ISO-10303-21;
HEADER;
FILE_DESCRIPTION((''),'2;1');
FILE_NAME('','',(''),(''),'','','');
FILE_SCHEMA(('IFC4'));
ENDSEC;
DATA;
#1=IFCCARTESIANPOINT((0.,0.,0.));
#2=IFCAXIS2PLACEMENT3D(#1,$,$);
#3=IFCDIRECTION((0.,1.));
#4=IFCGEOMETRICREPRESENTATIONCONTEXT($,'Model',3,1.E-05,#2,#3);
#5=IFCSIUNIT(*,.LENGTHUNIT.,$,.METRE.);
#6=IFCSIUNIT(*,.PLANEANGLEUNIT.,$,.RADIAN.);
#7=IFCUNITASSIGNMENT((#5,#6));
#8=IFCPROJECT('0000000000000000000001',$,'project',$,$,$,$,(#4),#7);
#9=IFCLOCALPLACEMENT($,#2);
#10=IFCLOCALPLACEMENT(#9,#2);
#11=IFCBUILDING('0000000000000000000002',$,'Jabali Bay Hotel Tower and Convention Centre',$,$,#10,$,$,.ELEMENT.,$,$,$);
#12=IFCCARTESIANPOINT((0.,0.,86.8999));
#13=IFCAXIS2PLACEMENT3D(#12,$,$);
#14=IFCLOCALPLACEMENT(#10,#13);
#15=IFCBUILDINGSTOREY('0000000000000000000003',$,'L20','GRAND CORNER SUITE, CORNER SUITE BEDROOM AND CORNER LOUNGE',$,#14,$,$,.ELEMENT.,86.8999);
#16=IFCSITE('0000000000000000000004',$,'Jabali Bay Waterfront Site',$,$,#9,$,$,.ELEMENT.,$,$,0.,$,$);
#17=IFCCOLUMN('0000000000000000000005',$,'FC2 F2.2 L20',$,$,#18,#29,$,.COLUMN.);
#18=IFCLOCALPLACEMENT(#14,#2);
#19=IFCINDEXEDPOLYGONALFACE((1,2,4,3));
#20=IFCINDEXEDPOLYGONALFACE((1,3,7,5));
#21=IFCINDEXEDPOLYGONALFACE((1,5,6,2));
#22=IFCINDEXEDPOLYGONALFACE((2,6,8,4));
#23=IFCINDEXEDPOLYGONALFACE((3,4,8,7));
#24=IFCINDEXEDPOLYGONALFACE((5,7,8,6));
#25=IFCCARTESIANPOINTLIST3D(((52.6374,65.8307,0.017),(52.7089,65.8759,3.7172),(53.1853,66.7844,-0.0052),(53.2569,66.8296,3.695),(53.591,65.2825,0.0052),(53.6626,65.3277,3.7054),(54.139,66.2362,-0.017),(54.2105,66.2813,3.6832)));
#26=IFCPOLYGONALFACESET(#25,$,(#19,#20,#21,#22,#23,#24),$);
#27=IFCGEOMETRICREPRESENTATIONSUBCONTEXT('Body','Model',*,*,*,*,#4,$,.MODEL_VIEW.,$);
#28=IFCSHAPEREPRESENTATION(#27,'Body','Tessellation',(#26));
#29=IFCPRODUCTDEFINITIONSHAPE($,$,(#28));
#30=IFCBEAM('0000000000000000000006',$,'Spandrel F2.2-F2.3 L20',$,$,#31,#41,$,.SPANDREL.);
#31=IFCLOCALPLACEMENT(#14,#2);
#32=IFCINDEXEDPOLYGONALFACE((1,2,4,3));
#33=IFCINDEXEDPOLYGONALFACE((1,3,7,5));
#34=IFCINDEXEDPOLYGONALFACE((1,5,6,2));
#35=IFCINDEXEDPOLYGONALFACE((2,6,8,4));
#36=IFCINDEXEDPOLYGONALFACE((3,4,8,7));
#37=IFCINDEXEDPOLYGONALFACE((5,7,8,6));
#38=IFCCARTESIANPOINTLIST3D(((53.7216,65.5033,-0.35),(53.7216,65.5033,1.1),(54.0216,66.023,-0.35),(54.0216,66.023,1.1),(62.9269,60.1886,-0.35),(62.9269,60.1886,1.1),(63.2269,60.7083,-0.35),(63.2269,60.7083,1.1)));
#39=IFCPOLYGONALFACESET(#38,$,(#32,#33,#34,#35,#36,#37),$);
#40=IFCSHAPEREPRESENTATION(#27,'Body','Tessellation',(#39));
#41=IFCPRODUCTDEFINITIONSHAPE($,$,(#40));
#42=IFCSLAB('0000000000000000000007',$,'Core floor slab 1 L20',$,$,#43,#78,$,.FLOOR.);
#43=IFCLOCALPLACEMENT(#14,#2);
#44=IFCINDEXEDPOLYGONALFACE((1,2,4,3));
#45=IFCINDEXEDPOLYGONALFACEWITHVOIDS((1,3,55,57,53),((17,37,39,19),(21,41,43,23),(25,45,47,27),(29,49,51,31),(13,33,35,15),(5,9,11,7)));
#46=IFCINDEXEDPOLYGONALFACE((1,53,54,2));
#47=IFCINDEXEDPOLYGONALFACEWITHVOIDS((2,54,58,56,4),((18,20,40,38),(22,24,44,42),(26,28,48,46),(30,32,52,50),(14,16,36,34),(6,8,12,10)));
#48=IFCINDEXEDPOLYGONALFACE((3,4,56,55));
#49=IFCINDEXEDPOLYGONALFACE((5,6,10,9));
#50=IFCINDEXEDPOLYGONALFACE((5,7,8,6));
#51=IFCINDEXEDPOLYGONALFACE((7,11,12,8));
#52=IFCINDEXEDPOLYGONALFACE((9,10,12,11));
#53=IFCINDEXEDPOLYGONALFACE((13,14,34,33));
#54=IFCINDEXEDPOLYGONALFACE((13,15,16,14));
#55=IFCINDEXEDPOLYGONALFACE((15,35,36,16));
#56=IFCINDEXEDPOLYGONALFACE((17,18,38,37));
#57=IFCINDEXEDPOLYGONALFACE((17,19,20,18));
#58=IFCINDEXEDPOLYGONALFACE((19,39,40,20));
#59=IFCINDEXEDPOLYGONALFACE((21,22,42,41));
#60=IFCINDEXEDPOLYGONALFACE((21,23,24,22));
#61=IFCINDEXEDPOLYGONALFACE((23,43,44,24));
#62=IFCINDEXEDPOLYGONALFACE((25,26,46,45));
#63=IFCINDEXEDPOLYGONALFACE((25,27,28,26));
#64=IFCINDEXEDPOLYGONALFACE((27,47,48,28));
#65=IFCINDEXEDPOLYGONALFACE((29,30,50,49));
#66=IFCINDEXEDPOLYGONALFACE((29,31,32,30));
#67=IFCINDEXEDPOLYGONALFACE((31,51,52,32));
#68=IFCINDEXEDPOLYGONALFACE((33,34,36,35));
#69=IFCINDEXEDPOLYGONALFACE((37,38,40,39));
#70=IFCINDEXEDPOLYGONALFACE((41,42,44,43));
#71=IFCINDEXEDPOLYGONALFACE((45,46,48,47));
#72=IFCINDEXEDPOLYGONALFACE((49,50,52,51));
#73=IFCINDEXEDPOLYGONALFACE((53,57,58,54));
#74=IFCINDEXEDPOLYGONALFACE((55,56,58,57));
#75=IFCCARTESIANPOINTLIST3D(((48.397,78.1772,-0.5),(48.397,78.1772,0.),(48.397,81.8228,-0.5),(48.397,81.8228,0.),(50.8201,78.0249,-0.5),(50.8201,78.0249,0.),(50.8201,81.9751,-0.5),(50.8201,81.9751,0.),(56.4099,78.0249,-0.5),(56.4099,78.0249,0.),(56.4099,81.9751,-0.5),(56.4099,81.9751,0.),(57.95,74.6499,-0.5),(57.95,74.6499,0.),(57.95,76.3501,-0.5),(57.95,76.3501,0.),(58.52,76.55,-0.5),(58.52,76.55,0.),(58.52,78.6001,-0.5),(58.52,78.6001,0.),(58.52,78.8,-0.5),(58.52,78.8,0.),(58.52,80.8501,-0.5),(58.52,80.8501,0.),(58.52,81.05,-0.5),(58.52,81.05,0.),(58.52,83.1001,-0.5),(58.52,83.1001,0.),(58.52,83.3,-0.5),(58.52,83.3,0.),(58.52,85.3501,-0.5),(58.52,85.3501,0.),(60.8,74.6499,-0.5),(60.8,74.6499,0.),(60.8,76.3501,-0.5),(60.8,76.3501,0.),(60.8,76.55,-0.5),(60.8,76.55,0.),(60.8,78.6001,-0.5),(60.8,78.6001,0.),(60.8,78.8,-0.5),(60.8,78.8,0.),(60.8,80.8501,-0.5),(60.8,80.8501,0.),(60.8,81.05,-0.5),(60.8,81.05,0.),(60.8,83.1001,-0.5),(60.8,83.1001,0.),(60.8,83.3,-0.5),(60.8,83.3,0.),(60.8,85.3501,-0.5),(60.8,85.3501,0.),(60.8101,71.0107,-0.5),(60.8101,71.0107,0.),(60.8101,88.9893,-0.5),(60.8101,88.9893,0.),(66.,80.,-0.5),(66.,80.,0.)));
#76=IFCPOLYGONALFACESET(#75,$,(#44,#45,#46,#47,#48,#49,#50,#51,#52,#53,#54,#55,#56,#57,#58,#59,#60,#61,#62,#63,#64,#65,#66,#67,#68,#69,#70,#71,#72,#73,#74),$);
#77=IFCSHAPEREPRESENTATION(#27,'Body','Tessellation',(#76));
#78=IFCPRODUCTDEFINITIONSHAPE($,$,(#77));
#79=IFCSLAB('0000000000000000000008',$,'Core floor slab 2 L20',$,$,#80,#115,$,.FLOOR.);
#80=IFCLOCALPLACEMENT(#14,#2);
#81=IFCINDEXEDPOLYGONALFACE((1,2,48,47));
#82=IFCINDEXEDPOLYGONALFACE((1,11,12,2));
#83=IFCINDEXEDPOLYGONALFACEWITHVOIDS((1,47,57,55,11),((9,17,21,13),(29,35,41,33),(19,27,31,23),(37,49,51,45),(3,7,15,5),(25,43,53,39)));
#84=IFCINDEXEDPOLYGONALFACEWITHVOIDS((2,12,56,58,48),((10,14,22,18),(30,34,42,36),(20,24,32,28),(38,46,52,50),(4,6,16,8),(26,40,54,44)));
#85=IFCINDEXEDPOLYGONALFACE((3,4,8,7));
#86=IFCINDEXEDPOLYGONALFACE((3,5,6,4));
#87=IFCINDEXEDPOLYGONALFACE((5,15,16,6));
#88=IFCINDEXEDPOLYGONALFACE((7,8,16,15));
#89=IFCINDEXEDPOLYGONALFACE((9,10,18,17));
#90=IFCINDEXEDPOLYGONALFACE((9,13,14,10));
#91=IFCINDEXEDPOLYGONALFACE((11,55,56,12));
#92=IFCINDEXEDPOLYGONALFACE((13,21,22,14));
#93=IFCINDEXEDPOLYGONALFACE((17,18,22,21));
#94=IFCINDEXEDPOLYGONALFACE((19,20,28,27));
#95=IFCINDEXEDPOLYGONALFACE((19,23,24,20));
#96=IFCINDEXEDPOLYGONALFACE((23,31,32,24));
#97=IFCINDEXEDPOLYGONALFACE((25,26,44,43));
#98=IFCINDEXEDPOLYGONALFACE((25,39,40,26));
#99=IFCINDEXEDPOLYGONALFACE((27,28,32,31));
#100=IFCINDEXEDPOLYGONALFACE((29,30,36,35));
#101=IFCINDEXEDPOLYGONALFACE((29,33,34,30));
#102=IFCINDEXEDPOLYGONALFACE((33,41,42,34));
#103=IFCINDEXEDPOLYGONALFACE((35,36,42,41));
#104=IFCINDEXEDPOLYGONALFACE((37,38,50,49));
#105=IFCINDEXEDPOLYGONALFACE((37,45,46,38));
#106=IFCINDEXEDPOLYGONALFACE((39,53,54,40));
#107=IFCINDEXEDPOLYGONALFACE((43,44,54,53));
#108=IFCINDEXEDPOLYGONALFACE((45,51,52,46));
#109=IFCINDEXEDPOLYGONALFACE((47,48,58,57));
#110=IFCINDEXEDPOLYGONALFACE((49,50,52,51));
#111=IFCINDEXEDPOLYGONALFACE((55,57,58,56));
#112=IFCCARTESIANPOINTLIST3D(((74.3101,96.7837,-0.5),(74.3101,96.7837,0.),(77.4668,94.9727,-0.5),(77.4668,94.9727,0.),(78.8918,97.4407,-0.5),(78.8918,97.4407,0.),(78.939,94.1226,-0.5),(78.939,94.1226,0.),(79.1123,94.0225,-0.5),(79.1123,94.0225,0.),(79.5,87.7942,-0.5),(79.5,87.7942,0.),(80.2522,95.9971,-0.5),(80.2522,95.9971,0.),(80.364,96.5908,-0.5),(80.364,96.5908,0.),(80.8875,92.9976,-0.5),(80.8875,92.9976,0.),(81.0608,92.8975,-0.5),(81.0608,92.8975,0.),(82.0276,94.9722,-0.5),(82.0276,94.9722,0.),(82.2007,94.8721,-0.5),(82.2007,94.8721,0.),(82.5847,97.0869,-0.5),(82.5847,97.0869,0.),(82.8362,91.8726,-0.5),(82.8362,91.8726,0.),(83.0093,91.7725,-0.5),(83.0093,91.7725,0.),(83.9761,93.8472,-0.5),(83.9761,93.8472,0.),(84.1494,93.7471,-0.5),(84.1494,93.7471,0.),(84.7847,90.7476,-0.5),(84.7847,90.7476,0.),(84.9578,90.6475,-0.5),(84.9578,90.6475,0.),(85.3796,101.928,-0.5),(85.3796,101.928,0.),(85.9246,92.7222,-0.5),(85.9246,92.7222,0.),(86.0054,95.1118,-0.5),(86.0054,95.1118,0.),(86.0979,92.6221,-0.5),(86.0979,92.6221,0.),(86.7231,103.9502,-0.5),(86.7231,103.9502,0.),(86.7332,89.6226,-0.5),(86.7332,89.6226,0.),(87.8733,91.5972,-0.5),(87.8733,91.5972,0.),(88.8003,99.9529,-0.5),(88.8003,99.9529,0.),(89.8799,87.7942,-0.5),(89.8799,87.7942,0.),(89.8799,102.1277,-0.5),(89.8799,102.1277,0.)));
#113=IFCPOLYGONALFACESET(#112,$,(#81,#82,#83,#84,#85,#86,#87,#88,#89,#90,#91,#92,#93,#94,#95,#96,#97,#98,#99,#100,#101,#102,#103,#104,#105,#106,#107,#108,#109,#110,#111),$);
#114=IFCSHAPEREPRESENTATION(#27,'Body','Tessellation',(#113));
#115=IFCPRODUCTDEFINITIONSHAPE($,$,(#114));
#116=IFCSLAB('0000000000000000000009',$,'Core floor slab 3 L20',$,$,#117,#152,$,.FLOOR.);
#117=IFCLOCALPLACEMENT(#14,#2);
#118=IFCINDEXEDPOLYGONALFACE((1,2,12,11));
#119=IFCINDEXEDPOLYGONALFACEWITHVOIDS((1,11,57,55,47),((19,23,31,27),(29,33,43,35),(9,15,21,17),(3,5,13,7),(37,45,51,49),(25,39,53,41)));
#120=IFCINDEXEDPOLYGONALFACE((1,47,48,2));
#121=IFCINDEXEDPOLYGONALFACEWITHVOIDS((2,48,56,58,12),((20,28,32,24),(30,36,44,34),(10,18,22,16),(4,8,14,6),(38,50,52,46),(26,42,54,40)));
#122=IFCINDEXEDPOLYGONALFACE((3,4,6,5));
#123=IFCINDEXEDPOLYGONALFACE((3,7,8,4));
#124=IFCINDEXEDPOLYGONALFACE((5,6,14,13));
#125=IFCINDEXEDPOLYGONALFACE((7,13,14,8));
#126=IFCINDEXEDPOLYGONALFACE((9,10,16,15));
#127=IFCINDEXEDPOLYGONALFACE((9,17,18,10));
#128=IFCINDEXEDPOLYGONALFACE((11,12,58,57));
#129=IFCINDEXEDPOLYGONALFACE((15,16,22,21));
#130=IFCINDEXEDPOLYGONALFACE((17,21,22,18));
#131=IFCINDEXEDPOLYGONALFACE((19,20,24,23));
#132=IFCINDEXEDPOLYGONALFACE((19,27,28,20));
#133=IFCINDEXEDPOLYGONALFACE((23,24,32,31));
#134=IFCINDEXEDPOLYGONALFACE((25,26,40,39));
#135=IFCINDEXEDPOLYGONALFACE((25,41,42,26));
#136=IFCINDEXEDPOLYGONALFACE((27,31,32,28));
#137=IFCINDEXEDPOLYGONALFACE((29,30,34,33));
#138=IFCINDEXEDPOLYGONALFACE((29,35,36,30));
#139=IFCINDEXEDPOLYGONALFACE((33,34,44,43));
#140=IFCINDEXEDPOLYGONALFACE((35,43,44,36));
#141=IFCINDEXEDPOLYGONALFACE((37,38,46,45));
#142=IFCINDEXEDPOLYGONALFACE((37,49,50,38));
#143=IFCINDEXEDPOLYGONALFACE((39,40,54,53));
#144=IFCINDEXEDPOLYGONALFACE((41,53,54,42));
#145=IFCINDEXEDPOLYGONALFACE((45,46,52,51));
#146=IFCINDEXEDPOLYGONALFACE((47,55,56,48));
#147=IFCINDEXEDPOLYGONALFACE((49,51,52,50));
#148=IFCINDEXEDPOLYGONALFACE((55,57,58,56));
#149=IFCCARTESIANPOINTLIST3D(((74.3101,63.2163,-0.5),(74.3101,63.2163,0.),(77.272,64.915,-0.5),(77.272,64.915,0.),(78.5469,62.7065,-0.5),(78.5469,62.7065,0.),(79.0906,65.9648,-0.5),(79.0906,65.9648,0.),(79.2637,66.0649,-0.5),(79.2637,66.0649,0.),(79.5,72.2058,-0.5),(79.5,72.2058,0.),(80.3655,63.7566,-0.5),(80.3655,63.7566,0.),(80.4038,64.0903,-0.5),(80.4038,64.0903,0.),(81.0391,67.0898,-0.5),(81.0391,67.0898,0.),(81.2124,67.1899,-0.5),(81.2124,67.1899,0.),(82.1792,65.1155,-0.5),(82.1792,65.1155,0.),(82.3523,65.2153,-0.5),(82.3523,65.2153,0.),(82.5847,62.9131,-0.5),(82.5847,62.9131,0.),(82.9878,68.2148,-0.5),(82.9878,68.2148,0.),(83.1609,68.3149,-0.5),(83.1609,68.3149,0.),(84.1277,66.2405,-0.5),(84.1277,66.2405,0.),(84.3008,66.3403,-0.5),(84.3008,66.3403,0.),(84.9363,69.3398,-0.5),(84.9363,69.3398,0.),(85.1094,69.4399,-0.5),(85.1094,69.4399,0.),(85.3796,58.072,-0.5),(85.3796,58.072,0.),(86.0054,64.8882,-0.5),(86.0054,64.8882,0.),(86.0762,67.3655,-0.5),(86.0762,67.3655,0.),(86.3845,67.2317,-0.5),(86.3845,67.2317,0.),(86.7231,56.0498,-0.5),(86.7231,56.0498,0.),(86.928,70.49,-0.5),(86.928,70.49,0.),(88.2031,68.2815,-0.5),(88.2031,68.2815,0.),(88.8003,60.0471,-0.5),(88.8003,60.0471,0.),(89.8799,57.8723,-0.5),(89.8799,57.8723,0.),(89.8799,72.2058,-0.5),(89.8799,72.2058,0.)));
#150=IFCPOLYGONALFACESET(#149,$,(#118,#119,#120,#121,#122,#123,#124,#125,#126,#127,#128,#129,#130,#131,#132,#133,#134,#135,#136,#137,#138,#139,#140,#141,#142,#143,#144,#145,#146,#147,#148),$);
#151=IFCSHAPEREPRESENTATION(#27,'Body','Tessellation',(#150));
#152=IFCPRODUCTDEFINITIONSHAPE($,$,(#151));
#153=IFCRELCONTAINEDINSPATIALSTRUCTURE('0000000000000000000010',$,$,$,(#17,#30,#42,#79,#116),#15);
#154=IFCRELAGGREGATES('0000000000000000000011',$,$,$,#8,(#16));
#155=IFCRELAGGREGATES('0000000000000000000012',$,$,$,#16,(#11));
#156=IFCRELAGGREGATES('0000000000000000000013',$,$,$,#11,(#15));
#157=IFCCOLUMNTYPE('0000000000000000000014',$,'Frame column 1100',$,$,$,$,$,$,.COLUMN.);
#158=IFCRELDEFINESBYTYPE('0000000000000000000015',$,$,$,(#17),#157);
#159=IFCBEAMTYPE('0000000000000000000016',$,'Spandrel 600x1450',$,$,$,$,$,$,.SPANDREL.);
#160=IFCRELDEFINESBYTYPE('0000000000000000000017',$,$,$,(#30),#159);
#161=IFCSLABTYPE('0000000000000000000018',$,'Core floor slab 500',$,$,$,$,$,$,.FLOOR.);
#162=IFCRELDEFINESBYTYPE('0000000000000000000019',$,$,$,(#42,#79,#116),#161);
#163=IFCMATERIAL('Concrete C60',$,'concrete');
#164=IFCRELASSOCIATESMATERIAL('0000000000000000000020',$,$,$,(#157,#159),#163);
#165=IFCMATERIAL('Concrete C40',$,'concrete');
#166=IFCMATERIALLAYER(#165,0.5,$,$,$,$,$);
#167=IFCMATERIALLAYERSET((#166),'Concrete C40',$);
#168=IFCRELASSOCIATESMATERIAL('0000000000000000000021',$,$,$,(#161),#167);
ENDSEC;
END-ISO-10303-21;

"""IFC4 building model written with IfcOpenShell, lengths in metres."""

from ifc_helpers import new_model, si_unit, direction, frame, origin, origin_2d, place, context, subcontext, project, spatial, polyline, rectangle, outline, extrude, material, layer, layer_set, material_profile, profile_set, type_object, element, save


model = new_model("IFC4")

# Units and contexts
model_context = context("Model", 3, precision=1e-05, world=origin(), true_north=direction((0.0, 1.0)))
body_context = subcontext(model_context, "Body", "Model", "MODEL_VIEW")
ifc_project = project(units=[si_unit("LENGTHUNIT", "METRE"), si_unit("PLANEANGLEUNIT", "RADIAN")], contexts=[model_context])

# Site, building, storey
site_placement = place(None, origin())
site = spatial("IfcSite", under=ifc_project, at=site_placement, Name="Jabali Bay Waterfront Site", CompositionType="ELEMENT", RefElevation=0.0)
building_placement = place(site_placement, origin())
building = spatial("IfcBuilding", under=site, at=building_placement, Name="Jabali Bay Hotel Tower and Convention Centre", CompositionType="ELEMENT")
storey_placement = place(building_placement, frame((0.0, 0.0, 86.8999)))
storey = spatial("IfcBuildingStorey", under=building, at=storey_placement, Name="L20", Description="GRAND CORNER SUITE, CORNER SUITE BEDROOM AND CORNER LOUNGE", CompositionType="ELEMENT", Elevation=86.8999)

# Column
ifc_material_1 = material(Name="Concrete C60", Category="concrete")
ifc_material_profile_1 = material_profile(ifc_material_1, rectangle(XDim=1.1001, YDim=1.1001, at=origin_2d()), Name="Frame column 1100")
ifc_profile_set_1 = profile_set([ifc_material_profile_1], Name="Concrete C60")
column_type = type_object("IfcColumnType", Name="Frame column 1100", PredefinedType="COLUMN", material=ifc_profile_set_1)
column_placement = place(storey_placement, frame((53.3882, 66.0334, 0.0), z_axis=(0.019327, 0.012203, 0.999739), x_axis=(-0.866906, 0.498357, 0.010676)))
element("IfcColumn", 1, at=column_placement, inside=storey, type_object=column_type, Name="FC2 F2.2 L20", PredefinedType="COLUMN", context=body_context, shape_type="SweptSolid", body=[
    extrude(rectangle(XDim=1.1001, YDim=1.1001, at=origin_2d()), origin(), (0.0, 0.0, 1.0), 3.7012),
])

# Beam
ifc_material_profile_2 = material_profile(ifc_material_1, rectangle(XDim=0.6001, YDim=1.45, at=origin_2d()), Name="Spandrel 600x1450")
ifc_profile_set_2 = profile_set([ifc_material_profile_2], Name="Concrete C60")
beam_type = type_object("IfcBeamType", Name="Spandrel 600x1450", PredefinedType="SPANDREL", material=ifc_profile_set_2)
beam_placement = place(storey_placement, frame((53.8716, 65.7632, 0.375), z_axis=(0.866025, -0.5, 0.0), x_axis=(0.5, 0.866025, 0.0)))
element("IfcBeam", 2, at=beam_placement, inside=storey, type_object=beam_type, Name="Spandrel F2.2-F2.3 L20", PredefinedType="SPANDREL", context=body_context, shape_type="SweptSolid", body=[
    extrude(rectangle(XDim=0.6001, YDim=1.45, at=origin_2d()), origin(), (0.0, 0.0, 1.0), 10.6294),
])

# Slabs
ifc_material_2 = material(Name="Concrete C40", Category="concrete")
ifc_layer_1 = layer(ifc_material_2, 0.5)
ifc_layer_set_1 = layer_set([ifc_layer_1], Name="Concrete C40")
slab_type_1 = type_object("IfcSlabType", Name="Core floor slab 500", PredefinedType="FLOOR", material=ifc_layer_set_1)
slab_1_placement = place(storey_placement, frame((0.0, 0.0, -0.5)))
element("IfcSlab", 3, at=slab_1_placement, inside=storey, type_object=slab_type_1, Name="Core floor slab 1 L20", PredefinedType="FLOOR", context=body_context, shape_type="SweptSolid", body=[
    extrude(outline(polyline([(66.0, 80.0), (60.8101, 88.9893), (48.397, 81.8228), (48.397, 78.1772), (60.8101, 71.0107), (66.0, 80.0)]), holes=[polyline([(60.8, 74.6499), (60.8, 76.3501), (57.95, 76.3501), (57.95, 74.6499), (60.8, 74.6499)]), polyline([(58.52, 76.55), (60.8, 76.55), (60.8, 78.6001), (58.52, 78.6001), (58.52, 76.55)]), polyline([(58.52, 78.8), (60.8, 78.8), (60.8, 80.8501), (58.52, 80.8501), (58.52, 78.8)]), polyline([(56.4099, 81.9751), (50.8201, 81.9751), (50.8201, 78.0249), (56.4099, 78.0249), (56.4099, 81.9751)]), polyline([(58.52, 81.05), (60.8, 81.05), (60.8, 83.1001), (58.52, 83.1001), (58.52, 81.05)]), polyline([(58.52, 83.3), (60.8, 83.3), (60.8, 85.3501), (58.52, 85.3501), (58.52, 83.3)])]), origin(), (0.0, 0.0, 1.0), 0.5),
])
slab_2_placement = place(storey_placement, frame((0.0, 0.0, -0.5)))
element("IfcSlab", 4, at=slab_2_placement, inside=storey, type_object=slab_type_1, Name="Core floor slab 2 L20", PredefinedType="FLOOR", context=body_context, shape_type="SweptSolid", body=[
    extrude(outline(polyline([(79.5, 87.7942), (89.8799, 87.7942), (89.8799, 102.1277), (86.7231, 103.9502), (74.3101, 96.7837), (79.5, 87.7942)]), holes=[polyline([(84.9578, 90.6475), (86.7332, 89.6226), (87.8733, 91.5972), (86.0979, 92.6221), (84.9578, 90.6475)]), polyline([(84.1494, 93.7471), (83.0093, 91.7725), (84.7847, 90.7476), (85.9246, 92.7222), (84.1494, 93.7471)]), polyline([(82.2007, 94.8721), (81.0608, 92.8975), (82.8362, 91.8726), (83.9761, 93.8472), (82.2007, 94.8721)]), polyline([(79.1123, 94.0225), (80.8875, 92.9976), (82.0276, 94.9722), (80.2522, 95.9971), (79.1123, 94.0225)]), polyline([(78.8918, 97.4407), (77.4668, 94.9727), (78.939, 94.1226), (80.364, 96.5908), (78.8918, 97.4407)]), polyline([(82.5847, 97.0869), (86.0054, 95.1118), (88.8003, 99.9529), (85.3796, 101.928), (82.5847, 97.0869)])]), origin(), (0.0, 0.0, 1.0), 0.5),
])
slab_3_placement = place(storey_placement, frame((0.0, 0.0, -0.5)))
element("IfcSlab", 5, at=slab_3_placement, inside=storey, type_object=slab_type_1, Name="Core floor slab 3 L20", PredefinedType="FLOOR", context=body_context, shape_type="SweptSolid", body=[
    extrude(outline(polyline([(79.5, 72.2058), (74.3101, 63.2163), (86.7231, 56.0498), (89.8799, 57.8723), (89.8799, 72.2058), (79.5, 72.2058)]), holes=[polyline([(82.5847, 62.9131), (85.3796, 58.072), (88.8003, 60.0471), (86.0054, 64.8882), (82.5847, 62.9131)]), polyline([(80.3655, 63.7566), (79.0906, 65.9648), (77.272, 64.915), (78.5469, 62.7065), (80.3655, 63.7566)]), polyline([(82.1792, 65.1155), (81.0391, 67.0898), (79.2637, 66.0649), (80.4038, 64.0903), (82.1792, 65.1155)]), polyline([(82.9878, 68.2148), (81.2124, 67.1899), (82.3523, 65.2153), (84.1277, 66.2405), (82.9878, 68.2148)]), polyline([(86.0762, 67.3655), (84.9363, 69.3398), (83.1609, 68.3149), (84.3008, 66.3403), (86.0762, 67.3655)]), polyline([(88.2031, 68.2815), (86.928, 70.49), (85.1094, 69.4399), (86.3845, 67.2317), (88.2031, 68.2815)])]), origin(), (0.0, 0.0, 1.0), 0.5),
])

save(model, "model.ifc")
